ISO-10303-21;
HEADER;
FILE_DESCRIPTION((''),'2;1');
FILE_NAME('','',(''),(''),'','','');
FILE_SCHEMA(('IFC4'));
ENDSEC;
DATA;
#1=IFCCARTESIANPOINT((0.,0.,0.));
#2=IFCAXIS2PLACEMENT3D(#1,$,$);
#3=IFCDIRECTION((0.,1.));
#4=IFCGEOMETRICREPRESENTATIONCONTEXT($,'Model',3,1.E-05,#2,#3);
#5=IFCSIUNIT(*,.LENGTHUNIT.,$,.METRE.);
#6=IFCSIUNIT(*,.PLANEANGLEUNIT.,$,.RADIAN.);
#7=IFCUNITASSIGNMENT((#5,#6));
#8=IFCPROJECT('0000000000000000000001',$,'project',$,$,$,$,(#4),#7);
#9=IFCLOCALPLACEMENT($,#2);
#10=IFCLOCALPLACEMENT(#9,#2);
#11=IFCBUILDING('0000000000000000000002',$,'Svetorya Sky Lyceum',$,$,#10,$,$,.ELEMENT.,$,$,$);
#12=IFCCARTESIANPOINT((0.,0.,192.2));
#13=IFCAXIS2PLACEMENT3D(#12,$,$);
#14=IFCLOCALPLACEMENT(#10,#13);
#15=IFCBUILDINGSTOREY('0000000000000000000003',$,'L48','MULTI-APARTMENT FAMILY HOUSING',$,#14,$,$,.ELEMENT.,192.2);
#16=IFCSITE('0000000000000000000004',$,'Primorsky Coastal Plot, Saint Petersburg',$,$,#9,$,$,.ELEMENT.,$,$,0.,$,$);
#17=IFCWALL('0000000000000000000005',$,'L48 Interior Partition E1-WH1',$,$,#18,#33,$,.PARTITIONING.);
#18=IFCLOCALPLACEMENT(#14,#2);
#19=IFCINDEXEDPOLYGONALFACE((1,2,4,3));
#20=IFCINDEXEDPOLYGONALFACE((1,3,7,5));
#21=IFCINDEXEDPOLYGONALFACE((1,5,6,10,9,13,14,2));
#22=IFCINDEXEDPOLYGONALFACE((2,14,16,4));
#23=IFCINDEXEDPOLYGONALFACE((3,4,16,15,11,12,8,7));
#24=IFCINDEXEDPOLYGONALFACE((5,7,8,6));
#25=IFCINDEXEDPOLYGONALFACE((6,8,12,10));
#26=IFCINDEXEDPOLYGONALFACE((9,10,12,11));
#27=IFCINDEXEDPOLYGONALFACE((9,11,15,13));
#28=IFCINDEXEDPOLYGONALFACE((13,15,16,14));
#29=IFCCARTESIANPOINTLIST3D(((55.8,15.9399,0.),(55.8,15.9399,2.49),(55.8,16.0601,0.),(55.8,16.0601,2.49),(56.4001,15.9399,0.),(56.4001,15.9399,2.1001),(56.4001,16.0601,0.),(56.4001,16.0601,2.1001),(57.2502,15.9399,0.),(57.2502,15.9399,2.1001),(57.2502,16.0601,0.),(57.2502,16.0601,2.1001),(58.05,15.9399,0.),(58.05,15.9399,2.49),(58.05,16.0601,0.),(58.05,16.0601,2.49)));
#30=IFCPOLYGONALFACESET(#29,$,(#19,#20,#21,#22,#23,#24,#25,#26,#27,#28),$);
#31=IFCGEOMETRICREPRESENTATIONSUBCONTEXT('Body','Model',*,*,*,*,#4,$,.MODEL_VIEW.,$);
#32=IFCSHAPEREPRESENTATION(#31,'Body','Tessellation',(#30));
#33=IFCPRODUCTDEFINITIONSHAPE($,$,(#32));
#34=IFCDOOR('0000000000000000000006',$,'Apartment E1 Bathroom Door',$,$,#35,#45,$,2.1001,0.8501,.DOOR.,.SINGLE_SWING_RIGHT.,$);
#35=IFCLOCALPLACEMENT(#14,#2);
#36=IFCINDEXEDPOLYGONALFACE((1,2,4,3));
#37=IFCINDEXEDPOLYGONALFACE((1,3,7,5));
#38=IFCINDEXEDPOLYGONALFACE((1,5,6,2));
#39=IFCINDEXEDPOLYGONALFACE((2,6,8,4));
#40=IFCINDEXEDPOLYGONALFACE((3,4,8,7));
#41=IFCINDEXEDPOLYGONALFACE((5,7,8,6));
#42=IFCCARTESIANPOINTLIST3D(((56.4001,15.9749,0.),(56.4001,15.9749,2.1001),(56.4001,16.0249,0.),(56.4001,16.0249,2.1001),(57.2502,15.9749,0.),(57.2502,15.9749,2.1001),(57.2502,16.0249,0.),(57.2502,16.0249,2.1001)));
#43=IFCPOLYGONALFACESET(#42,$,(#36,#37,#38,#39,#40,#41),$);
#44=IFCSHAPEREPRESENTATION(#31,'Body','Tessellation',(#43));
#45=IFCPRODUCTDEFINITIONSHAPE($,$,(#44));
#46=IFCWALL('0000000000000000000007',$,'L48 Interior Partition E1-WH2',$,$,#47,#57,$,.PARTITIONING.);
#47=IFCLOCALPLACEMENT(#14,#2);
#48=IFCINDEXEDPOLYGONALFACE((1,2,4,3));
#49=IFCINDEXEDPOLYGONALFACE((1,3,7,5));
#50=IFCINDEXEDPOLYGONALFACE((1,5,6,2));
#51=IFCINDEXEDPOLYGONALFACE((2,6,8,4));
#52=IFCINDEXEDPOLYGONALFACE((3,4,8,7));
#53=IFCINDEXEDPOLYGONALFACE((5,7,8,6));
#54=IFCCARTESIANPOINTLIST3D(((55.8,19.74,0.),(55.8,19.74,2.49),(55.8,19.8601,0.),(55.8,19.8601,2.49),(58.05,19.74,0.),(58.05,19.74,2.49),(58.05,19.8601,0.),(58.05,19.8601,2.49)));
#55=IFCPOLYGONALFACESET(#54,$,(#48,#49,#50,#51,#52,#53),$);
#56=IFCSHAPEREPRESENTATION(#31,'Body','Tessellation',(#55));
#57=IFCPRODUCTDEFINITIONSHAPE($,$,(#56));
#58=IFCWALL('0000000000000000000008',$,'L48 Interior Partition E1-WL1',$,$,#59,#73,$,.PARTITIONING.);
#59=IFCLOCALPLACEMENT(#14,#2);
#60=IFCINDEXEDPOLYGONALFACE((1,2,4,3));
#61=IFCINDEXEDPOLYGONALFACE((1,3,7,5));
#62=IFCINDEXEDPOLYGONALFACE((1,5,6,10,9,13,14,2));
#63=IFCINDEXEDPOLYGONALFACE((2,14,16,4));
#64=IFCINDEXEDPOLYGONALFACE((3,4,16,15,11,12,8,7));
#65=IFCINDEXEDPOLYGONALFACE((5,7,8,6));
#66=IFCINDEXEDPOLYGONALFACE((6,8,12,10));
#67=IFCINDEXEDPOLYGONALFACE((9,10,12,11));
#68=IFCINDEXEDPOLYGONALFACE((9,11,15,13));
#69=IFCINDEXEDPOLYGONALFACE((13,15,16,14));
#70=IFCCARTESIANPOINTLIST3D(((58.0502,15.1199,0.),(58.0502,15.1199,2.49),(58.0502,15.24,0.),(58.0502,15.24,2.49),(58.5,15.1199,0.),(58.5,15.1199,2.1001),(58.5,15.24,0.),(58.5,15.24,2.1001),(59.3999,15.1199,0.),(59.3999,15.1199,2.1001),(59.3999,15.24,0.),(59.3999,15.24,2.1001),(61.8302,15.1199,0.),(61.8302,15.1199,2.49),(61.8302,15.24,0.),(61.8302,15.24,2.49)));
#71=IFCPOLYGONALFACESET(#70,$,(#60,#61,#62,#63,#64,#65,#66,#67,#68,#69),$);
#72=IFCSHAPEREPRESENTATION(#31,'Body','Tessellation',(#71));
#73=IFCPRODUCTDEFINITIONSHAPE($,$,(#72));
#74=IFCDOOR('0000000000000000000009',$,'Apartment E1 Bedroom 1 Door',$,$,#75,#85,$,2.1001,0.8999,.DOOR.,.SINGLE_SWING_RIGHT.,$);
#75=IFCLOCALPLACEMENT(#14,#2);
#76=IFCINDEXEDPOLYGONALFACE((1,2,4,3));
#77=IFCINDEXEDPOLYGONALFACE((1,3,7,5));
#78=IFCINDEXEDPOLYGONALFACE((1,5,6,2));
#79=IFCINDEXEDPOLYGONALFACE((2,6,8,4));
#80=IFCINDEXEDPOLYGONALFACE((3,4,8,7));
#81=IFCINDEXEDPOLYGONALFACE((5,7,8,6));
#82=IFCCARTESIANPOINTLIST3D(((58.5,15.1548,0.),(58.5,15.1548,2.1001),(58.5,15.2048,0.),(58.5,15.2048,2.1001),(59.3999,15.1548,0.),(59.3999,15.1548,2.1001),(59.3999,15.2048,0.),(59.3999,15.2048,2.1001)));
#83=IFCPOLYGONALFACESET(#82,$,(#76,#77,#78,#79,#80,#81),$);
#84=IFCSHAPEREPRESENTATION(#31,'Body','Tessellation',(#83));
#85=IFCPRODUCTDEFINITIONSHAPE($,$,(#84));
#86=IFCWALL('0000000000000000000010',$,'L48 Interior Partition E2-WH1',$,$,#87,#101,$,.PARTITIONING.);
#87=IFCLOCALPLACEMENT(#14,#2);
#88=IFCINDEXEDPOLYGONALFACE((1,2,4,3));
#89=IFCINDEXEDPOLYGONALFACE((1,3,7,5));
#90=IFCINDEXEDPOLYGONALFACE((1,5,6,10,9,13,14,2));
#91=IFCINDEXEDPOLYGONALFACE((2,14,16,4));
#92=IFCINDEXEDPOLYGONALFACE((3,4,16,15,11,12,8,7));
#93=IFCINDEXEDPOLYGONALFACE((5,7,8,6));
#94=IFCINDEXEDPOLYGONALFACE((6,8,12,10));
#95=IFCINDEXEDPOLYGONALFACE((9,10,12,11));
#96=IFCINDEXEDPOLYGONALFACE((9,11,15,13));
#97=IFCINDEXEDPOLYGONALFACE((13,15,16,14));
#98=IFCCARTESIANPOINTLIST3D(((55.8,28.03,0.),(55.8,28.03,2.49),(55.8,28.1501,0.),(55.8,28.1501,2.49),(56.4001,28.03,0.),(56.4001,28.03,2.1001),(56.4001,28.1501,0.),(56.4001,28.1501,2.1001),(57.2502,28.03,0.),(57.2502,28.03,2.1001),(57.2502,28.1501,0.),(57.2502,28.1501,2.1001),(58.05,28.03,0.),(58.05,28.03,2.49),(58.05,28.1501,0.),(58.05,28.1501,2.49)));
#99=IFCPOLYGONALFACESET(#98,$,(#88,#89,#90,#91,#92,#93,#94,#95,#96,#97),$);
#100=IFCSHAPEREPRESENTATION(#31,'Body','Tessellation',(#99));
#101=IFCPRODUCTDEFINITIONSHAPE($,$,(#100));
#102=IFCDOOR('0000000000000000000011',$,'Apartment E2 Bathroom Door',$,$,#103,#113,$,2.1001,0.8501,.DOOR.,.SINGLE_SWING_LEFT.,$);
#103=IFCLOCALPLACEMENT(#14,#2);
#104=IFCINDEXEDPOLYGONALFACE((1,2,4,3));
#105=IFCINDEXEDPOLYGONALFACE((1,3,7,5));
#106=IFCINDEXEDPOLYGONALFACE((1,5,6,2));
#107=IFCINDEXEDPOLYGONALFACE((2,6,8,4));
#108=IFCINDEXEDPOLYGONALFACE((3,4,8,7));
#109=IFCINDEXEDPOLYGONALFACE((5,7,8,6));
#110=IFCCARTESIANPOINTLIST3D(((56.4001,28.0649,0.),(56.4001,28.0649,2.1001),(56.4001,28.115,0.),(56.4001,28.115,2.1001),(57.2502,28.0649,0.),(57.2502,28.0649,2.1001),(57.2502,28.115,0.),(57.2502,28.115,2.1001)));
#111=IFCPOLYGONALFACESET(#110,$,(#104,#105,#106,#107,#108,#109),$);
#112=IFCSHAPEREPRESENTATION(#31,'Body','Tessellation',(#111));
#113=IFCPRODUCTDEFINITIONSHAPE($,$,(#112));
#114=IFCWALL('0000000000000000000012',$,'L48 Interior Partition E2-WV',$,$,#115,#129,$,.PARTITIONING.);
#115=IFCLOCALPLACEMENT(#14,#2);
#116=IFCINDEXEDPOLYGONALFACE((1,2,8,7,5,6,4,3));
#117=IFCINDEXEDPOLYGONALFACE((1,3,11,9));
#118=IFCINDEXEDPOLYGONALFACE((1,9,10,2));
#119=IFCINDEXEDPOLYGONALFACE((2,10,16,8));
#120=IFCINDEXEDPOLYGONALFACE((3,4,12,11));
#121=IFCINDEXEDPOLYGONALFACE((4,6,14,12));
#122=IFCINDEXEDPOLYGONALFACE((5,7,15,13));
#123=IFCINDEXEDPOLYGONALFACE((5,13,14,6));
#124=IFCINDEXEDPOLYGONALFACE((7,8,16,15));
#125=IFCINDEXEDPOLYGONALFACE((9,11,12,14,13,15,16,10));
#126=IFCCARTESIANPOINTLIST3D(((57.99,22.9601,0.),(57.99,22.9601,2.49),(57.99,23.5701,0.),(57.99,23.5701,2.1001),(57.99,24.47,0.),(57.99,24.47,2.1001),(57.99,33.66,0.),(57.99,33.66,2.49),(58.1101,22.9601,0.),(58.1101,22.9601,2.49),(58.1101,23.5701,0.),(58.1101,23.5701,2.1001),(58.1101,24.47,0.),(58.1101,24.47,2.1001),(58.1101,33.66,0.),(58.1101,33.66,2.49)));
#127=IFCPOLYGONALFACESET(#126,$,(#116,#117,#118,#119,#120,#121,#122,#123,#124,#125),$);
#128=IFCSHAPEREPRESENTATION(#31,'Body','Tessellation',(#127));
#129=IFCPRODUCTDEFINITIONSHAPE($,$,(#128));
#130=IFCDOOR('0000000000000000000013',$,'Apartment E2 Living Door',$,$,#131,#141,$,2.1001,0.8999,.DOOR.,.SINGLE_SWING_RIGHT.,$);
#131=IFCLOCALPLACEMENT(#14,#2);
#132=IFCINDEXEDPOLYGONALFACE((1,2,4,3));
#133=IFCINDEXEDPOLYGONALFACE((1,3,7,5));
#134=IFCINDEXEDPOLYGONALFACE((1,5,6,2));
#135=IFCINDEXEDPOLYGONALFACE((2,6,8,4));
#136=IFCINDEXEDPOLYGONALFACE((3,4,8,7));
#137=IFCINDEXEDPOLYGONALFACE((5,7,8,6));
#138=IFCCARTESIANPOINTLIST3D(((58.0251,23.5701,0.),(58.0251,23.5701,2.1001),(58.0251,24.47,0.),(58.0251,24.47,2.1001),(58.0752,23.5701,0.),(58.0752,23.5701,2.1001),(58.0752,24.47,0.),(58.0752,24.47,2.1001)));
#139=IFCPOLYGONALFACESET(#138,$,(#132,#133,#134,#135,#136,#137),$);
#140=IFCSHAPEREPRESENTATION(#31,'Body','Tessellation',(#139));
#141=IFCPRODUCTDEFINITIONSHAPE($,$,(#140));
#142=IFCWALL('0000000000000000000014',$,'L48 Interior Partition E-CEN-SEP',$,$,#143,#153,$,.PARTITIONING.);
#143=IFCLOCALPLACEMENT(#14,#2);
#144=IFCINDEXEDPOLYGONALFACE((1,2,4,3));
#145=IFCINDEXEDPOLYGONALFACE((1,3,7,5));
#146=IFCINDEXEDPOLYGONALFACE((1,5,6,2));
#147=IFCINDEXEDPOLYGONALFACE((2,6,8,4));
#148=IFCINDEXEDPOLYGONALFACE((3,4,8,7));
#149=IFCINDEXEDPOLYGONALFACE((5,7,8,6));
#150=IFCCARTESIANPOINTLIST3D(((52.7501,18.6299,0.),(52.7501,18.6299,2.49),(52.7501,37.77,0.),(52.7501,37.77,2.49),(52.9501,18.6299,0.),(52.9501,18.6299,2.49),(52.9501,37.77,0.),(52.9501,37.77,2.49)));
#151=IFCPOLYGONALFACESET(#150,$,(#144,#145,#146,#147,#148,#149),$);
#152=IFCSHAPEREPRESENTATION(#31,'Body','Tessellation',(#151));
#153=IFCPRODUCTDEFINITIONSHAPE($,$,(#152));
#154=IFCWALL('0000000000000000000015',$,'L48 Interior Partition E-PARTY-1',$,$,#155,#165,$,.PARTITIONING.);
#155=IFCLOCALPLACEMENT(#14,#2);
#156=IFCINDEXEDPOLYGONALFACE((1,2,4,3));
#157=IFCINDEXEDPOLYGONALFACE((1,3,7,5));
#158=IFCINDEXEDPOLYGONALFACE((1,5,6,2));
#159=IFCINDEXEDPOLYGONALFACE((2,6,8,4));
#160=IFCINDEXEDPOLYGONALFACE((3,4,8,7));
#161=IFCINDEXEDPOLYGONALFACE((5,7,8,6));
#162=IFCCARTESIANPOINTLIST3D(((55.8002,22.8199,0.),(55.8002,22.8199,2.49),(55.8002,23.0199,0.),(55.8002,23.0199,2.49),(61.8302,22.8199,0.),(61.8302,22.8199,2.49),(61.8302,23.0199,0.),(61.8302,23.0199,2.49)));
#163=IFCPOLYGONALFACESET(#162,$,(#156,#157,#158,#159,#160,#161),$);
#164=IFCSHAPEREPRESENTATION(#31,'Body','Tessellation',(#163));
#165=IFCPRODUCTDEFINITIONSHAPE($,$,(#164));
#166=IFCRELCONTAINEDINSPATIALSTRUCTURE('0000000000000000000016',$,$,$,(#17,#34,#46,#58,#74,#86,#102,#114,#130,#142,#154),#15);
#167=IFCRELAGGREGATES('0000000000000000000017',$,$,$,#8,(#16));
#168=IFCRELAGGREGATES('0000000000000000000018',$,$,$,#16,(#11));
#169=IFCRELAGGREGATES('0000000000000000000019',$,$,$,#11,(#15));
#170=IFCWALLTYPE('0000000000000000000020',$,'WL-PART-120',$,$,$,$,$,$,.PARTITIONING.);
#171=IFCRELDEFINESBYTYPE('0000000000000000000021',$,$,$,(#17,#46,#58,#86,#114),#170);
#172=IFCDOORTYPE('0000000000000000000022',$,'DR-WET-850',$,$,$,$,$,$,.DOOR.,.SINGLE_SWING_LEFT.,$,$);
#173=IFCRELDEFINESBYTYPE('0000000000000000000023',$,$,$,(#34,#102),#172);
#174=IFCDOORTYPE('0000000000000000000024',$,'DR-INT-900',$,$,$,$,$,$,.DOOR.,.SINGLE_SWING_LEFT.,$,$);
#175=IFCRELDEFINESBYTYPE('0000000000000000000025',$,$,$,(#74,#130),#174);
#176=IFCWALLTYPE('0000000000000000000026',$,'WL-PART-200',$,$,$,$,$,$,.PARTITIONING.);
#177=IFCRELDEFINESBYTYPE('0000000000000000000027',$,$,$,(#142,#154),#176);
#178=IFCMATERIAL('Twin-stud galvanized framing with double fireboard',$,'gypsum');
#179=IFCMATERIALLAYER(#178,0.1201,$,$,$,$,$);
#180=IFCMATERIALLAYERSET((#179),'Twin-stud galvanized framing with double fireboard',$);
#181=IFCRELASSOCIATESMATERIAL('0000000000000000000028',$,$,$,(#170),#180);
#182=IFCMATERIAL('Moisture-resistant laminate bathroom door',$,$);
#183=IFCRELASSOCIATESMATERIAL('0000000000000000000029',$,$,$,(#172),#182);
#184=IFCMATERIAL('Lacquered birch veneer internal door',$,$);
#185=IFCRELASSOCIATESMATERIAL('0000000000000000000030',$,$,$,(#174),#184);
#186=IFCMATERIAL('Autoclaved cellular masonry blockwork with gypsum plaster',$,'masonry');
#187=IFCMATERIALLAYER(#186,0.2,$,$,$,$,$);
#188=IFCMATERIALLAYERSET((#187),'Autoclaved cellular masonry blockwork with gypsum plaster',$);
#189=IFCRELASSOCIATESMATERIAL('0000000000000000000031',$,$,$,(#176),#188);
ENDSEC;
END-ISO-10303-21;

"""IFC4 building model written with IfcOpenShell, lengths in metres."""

from ifc_helpers import new_model, si_unit, direction, frame, frame_2d, origin, place, context, subcontext, project, spatial, rectangle, extrude, material, layer, layer_set, type_object, element, fill, save


model = new_model("IFC4")

# Units and contexts
model_context = context("Model", 3, precision=1e-05, world=origin(), true_north=direction((0.0, 1.0)))
body_context = subcontext(model_context, "Body", "Model", "MODEL_VIEW")
ifc_project = project(units=[si_unit("LENGTHUNIT", "METRE"), si_unit("PLANEANGLEUNIT", "RADIAN")], contexts=[model_context])

# Site, building, storey
site_placement = place(None, origin())
site = spatial("IfcSite", under=ifc_project, at=site_placement, Name="Primorsky Coastal Plot, Saint Petersburg", CompositionType="ELEMENT", RefElevation=0.0)
building_placement = place(site_placement, origin())
building = spatial("IfcBuilding", under=site, at=building_placement, Name="Svetorya Sky Lyceum", CompositionType="ELEMENT")
storey_placement = place(building_placement, frame((0.0, 0.0, 192.2)))
storey = spatial("IfcBuildingStorey", under=building, at=storey_placement, Name="L48", Description="MULTI-APARTMENT FAMILY HOUSING", CompositionType="ELEMENT", Elevation=192.2)

# Wall, opening, door
ifc_material_1 = material(Name="Twin-stud galvanized framing with double fireboard", Category="gypsum")
ifc_layer_1 = layer(ifc_material_1, 0.1201)
ifc_layer_set_1 = layer_set([ifc_layer_1], Name="Twin-stud galvanized framing with double fireboard")
wall_type_1 = type_object("IfcWallType", Name="WL-PART-120", PredefinedType="PARTITIONING", material=ifc_layer_set_1)
wall_1_placement = place(storey_placement, frame((55.8, 16.0, 0.0), z_axis=(0.0, 0.0, 1.0), x_axis=(1.0, 0.0, 0.0)))
wall_1 = element("IfcWall", 1, at=wall_1_placement, inside=storey, type_object=wall_type_1, Name="L48 Interior Partition E1-WH1", PredefinedType="PARTITIONING", context=body_context, shape_type="SweptSolid", body=[
    extrude(rectangle(XDim=2.25, YDim=0.1201, at=frame_2d((1.125, 0.0))), origin(), (0.0, 0.0, 1.0), 2.49),
])
opening_1_placement = place(wall_1_placement, frame((0.6001, 0.0, 0.0)))
opening_1 = element("IfcOpeningElement", 2, at=opening_1_placement, cuts=wall_1, PredefinedType="OPENING", context=body_context, shape_type="SweptSolid", body=[
    extrude(rectangle(XDim=0.8501, YDim=2.1001, at=frame_2d((0.425, 1.05))), frame((0.0, 0.0701, 0.0), z_axis=(0.0, -1.0, 0.0), x_axis=(1.0, 0.0, 0.0)), (0.0, 0.0, 1.0), 0.1401),
])
ifc_material_2 = material(Name="Moisture-resistant laminate bathroom door")
door_type_1 = type_object("IfcDoorType", Name="DR-WET-850", OperationType="SINGLE_SWING_LEFT", PredefinedType="DOOR", material=ifc_material_2)
door_1_placement = place(opening_1_placement, origin())
door_1 = element("IfcDoor", 3, at=door_1_placement, inside=storey, type_object=door_type_1, Name="Apartment E1 Bathroom Door", OperationType="SINGLE_SWING_RIGHT", OverallHeight=2.1001, OverallWidth=0.8501, PredefinedType="DOOR", context=body_context, shape_type="SweptSolid", body=[
    extrude(rectangle(XDim=0.8501, YDim=2.1001, at=frame_2d((0.425, 1.05))), frame((0.0, 0.0249, 0.0), z_axis=(0.0, -1.0, 0.0), x_axis=(1.0, 0.0, 0.0)), (0.0, 0.0, 1.0), 0.05),
])
fill(opening_1, door_1)

# Wall
wall_2_placement = place(storey_placement, frame((55.8, 19.8, 0.0), z_axis=(0.0, 0.0, 1.0), x_axis=(1.0, 0.0, 0.0)))
element("IfcWall", 4, at=wall_2_placement, inside=storey, type_object=wall_type_1, Name="L48 Interior Partition E1-WH2", PredefinedType="PARTITIONING", context=body_context, shape_type="SweptSolid", body=[
    extrude(rectangle(XDim=2.25, YDim=0.1201, at=frame_2d((1.125, 0.0))), origin(), (0.0, 0.0, 1.0), 2.49),
])

# Walls, openings, doors
wall_3_placement = place(storey_placement, frame((58.05, 15.1799, 0.0), z_axis=(0.0, 0.0, 1.0), x_axis=(1.0, 0.0, 0.0)))
wall_3 = element("IfcWall", 5, at=wall_3_placement, inside=storey, type_object=wall_type_1, Name="L48 Interior Partition E1-WL1", PredefinedType="PARTITIONING", context=body_context, shape_type="SweptSolid", body=[
    extrude(rectangle(XDim=3.78, YDim=0.1201, at=frame_2d((1.8901, 0.0))), origin(), (0.0, 0.0, 1.0), 2.49),
])
opening_2_placement = place(wall_3_placement, frame((0.45, 0.0, 0.0)))
opening_2 = element("IfcOpeningElement", 6, at=opening_2_placement, cuts=wall_3, PredefinedType="OPENING", context=body_context, shape_type="SweptSolid", body=[
    extrude(rectangle(XDim=0.8999, YDim=2.1001, at=frame_2d((0.45, 1.05))), frame((0.0, 0.0701, 0.0), z_axis=(0.0, -1.0, 0.0), x_axis=(1.0, 0.0, 0.0)), (0.0, 0.0, 1.0), 0.1401),
])
ifc_material_3 = material(Name="Lacquered birch veneer internal door")
door_type_2 = type_object("IfcDoorType", Name="DR-INT-900", OperationType="SINGLE_SWING_LEFT", PredefinedType="DOOR", material=ifc_material_3)
door_2_placement = place(opening_2_placement, origin())
door_2 = element("IfcDoor", 7, at=door_2_placement, inside=storey, type_object=door_type_2, Name="Apartment E1 Bedroom 1 Door", OperationType="SINGLE_SWING_RIGHT", OverallHeight=2.1001, OverallWidth=0.8999, PredefinedType="DOOR", context=body_context, shape_type="SweptSolid", body=[
    extrude(rectangle(XDim=0.8999, YDim=2.1001, at=frame_2d((0.45, 1.05))), frame((0.0, 0.0249, 0.0), z_axis=(0.0, -1.0, 0.0), x_axis=(1.0, 0.0, 0.0)), (0.0, 0.0, 1.0), 0.05),
])
fill(opening_2, door_2)
wall_4_placement = place(storey_placement, frame((55.8, 28.0901, 0.0), z_axis=(0.0, 0.0, 1.0), x_axis=(1.0, 0.0, 0.0)))
wall_4 = element("IfcWall", 8, at=wall_4_placement, inside=storey, type_object=wall_type_1, Name="L48 Interior Partition E2-WH1", PredefinedType="PARTITIONING", context=body_context, shape_type="SweptSolid", body=[
    extrude(rectangle(XDim=2.25, YDim=0.1201, at=frame_2d((1.125, 0.0))), origin(), (0.0, 0.0, 1.0), 2.49),
])
opening_3_placement = place(wall_4_placement, frame((0.6001, 0.0, 0.0)))
opening_3 = element("IfcOpeningElement", 9, at=opening_3_placement, cuts=wall_4, PredefinedType="OPENING", context=body_context, shape_type="SweptSolid", body=[
    extrude(rectangle(XDim=0.8501, YDim=2.1001, at=frame_2d((0.425, 1.05))), frame((0.0, 0.0701, 0.0), z_axis=(0.0, -1.0, 0.0), x_axis=(1.0, 0.0, 0.0)), (0.0, 0.0, 1.0), 0.1401),
])
door_3_placement = place(opening_3_placement, origin())
door_3 = element("IfcDoor", 10, at=door_3_placement, inside=storey, type_object=door_type_1, Name="Apartment E2 Bathroom Door", OperationType="SINGLE_SWING_LEFT", OverallHeight=2.1001, OverallWidth=0.8501, PredefinedType="DOOR", context=body_context, shape_type="SweptSolid", body=[
    extrude(rectangle(XDim=0.8501, YDim=2.1001, at=frame_2d((0.425, 1.05))), frame((0.0, 0.0249, 0.0), z_axis=(0.0, -1.0, 0.0), x_axis=(1.0, 0.0, 0.0)), (0.0, 0.0, 1.0), 0.05),
])
fill(opening_3, door_3)
wall_5_placement = place(storey_placement, frame((58.05, 22.96, 0.0), z_axis=(0.0, 0.0, 1.0), x_axis=(0.0, 1.0, 0.0)))
wall_5 = element("IfcWall", 11, at=wall_5_placement, inside=storey, type_object=wall_type_1, Name="L48 Interior Partition E2-WV", PredefinedType="PARTITIONING", context=body_context, shape_type="SweptSolid", body=[
    extrude(rectangle(XDim=10.7, YDim=0.1201, at=frame_2d((5.3501, 0.0))), origin(), (0.0, 0.0, 1.0), 2.49),
])
opening_4_placement = place(wall_5_placement, frame((0.6101, 0.0, 0.0)))
opening_4 = element("IfcOpeningElement", 12, at=opening_4_placement, cuts=wall_5, PredefinedType="OPENING", context=body_context, shape_type="SweptSolid", body=[
    extrude(rectangle(XDim=0.8999, YDim=2.1001, at=frame_2d((0.45, 1.05))), frame((0.0, 0.0701, 0.0), z_axis=(0.0, -1.0, 0.0), x_axis=(1.0, 0.0, 0.0)), (0.0, 0.0, 1.0), 0.1401),
])
door_4_placement = place(opening_4_placement, origin())
door_4 = element("IfcDoor", 13, at=door_4_placement, inside=storey, type_object=door_type_2, Name="Apartment E2 Living Door", OperationType="SINGLE_SWING_RIGHT", OverallHeight=2.1001, OverallWidth=0.8999, PredefinedType="DOOR", context=body_context, shape_type="SweptSolid", body=[
    extrude(rectangle(XDim=0.8999, YDim=2.1001, at=frame_2d((0.45, 1.05))), frame((0.0, 0.0249, 0.0), z_axis=(0.0, -1.0, 0.0), x_axis=(1.0, 0.0, 0.0)), (0.0, 0.0, 1.0), 0.05),
])
fill(opening_4, door_4)

# Walls
ifc_material_4 = material(Name="Autoclaved cellular masonry blockwork with gypsum plaster", Category="masonry")
ifc_layer_2 = layer(ifc_material_4, 0.2)
ifc_layer_set_2 = layer_set([ifc_layer_2], Name="Autoclaved cellular masonry blockwork with gypsum plaster")
wall_type_2 = type_object("IfcWallType", Name="WL-PART-200", PredefinedType="PARTITIONING", material=ifc_layer_set_2)
wall_6_placement = place(storey_placement, frame((52.8501, 18.6299, 0.0), z_axis=(0.0, 0.0, 1.0), x_axis=(0.0, 1.0, 0.0)))
element("IfcWall", 14, at=wall_6_placement, inside=storey, type_object=wall_type_2, Name="L48 Interior Partition E-CEN-SEP", PredefinedType="PARTITIONING", context=body_context, shape_type="SweptSolid", body=[
    extrude(rectangle(XDim=19.1401, YDim=0.2, at=frame_2d((9.5701, 0.0))), origin(), (0.0, 0.0, 1.0), 2.49),
])
wall_7_placement = place(storey_placement, frame((55.8, 22.9199, 0.0), z_axis=(0.0, 0.0, 1.0), x_axis=(1.0, 0.0, 0.0)))
element("IfcWall", 15, at=wall_7_placement, inside=storey, type_object=wall_type_2, Name="L48 Interior Partition E-PARTY-1", PredefinedType="PARTITIONING", context=body_context, shape_type="SweptSolid", body=[
    extrude(rectangle(XDim=6.03, YDim=0.2, at=frame_2d((3.0151, 0.0))), origin(), (0.0, 0.0, 1.0), 2.49),
])

save(model, "model.ifc")
